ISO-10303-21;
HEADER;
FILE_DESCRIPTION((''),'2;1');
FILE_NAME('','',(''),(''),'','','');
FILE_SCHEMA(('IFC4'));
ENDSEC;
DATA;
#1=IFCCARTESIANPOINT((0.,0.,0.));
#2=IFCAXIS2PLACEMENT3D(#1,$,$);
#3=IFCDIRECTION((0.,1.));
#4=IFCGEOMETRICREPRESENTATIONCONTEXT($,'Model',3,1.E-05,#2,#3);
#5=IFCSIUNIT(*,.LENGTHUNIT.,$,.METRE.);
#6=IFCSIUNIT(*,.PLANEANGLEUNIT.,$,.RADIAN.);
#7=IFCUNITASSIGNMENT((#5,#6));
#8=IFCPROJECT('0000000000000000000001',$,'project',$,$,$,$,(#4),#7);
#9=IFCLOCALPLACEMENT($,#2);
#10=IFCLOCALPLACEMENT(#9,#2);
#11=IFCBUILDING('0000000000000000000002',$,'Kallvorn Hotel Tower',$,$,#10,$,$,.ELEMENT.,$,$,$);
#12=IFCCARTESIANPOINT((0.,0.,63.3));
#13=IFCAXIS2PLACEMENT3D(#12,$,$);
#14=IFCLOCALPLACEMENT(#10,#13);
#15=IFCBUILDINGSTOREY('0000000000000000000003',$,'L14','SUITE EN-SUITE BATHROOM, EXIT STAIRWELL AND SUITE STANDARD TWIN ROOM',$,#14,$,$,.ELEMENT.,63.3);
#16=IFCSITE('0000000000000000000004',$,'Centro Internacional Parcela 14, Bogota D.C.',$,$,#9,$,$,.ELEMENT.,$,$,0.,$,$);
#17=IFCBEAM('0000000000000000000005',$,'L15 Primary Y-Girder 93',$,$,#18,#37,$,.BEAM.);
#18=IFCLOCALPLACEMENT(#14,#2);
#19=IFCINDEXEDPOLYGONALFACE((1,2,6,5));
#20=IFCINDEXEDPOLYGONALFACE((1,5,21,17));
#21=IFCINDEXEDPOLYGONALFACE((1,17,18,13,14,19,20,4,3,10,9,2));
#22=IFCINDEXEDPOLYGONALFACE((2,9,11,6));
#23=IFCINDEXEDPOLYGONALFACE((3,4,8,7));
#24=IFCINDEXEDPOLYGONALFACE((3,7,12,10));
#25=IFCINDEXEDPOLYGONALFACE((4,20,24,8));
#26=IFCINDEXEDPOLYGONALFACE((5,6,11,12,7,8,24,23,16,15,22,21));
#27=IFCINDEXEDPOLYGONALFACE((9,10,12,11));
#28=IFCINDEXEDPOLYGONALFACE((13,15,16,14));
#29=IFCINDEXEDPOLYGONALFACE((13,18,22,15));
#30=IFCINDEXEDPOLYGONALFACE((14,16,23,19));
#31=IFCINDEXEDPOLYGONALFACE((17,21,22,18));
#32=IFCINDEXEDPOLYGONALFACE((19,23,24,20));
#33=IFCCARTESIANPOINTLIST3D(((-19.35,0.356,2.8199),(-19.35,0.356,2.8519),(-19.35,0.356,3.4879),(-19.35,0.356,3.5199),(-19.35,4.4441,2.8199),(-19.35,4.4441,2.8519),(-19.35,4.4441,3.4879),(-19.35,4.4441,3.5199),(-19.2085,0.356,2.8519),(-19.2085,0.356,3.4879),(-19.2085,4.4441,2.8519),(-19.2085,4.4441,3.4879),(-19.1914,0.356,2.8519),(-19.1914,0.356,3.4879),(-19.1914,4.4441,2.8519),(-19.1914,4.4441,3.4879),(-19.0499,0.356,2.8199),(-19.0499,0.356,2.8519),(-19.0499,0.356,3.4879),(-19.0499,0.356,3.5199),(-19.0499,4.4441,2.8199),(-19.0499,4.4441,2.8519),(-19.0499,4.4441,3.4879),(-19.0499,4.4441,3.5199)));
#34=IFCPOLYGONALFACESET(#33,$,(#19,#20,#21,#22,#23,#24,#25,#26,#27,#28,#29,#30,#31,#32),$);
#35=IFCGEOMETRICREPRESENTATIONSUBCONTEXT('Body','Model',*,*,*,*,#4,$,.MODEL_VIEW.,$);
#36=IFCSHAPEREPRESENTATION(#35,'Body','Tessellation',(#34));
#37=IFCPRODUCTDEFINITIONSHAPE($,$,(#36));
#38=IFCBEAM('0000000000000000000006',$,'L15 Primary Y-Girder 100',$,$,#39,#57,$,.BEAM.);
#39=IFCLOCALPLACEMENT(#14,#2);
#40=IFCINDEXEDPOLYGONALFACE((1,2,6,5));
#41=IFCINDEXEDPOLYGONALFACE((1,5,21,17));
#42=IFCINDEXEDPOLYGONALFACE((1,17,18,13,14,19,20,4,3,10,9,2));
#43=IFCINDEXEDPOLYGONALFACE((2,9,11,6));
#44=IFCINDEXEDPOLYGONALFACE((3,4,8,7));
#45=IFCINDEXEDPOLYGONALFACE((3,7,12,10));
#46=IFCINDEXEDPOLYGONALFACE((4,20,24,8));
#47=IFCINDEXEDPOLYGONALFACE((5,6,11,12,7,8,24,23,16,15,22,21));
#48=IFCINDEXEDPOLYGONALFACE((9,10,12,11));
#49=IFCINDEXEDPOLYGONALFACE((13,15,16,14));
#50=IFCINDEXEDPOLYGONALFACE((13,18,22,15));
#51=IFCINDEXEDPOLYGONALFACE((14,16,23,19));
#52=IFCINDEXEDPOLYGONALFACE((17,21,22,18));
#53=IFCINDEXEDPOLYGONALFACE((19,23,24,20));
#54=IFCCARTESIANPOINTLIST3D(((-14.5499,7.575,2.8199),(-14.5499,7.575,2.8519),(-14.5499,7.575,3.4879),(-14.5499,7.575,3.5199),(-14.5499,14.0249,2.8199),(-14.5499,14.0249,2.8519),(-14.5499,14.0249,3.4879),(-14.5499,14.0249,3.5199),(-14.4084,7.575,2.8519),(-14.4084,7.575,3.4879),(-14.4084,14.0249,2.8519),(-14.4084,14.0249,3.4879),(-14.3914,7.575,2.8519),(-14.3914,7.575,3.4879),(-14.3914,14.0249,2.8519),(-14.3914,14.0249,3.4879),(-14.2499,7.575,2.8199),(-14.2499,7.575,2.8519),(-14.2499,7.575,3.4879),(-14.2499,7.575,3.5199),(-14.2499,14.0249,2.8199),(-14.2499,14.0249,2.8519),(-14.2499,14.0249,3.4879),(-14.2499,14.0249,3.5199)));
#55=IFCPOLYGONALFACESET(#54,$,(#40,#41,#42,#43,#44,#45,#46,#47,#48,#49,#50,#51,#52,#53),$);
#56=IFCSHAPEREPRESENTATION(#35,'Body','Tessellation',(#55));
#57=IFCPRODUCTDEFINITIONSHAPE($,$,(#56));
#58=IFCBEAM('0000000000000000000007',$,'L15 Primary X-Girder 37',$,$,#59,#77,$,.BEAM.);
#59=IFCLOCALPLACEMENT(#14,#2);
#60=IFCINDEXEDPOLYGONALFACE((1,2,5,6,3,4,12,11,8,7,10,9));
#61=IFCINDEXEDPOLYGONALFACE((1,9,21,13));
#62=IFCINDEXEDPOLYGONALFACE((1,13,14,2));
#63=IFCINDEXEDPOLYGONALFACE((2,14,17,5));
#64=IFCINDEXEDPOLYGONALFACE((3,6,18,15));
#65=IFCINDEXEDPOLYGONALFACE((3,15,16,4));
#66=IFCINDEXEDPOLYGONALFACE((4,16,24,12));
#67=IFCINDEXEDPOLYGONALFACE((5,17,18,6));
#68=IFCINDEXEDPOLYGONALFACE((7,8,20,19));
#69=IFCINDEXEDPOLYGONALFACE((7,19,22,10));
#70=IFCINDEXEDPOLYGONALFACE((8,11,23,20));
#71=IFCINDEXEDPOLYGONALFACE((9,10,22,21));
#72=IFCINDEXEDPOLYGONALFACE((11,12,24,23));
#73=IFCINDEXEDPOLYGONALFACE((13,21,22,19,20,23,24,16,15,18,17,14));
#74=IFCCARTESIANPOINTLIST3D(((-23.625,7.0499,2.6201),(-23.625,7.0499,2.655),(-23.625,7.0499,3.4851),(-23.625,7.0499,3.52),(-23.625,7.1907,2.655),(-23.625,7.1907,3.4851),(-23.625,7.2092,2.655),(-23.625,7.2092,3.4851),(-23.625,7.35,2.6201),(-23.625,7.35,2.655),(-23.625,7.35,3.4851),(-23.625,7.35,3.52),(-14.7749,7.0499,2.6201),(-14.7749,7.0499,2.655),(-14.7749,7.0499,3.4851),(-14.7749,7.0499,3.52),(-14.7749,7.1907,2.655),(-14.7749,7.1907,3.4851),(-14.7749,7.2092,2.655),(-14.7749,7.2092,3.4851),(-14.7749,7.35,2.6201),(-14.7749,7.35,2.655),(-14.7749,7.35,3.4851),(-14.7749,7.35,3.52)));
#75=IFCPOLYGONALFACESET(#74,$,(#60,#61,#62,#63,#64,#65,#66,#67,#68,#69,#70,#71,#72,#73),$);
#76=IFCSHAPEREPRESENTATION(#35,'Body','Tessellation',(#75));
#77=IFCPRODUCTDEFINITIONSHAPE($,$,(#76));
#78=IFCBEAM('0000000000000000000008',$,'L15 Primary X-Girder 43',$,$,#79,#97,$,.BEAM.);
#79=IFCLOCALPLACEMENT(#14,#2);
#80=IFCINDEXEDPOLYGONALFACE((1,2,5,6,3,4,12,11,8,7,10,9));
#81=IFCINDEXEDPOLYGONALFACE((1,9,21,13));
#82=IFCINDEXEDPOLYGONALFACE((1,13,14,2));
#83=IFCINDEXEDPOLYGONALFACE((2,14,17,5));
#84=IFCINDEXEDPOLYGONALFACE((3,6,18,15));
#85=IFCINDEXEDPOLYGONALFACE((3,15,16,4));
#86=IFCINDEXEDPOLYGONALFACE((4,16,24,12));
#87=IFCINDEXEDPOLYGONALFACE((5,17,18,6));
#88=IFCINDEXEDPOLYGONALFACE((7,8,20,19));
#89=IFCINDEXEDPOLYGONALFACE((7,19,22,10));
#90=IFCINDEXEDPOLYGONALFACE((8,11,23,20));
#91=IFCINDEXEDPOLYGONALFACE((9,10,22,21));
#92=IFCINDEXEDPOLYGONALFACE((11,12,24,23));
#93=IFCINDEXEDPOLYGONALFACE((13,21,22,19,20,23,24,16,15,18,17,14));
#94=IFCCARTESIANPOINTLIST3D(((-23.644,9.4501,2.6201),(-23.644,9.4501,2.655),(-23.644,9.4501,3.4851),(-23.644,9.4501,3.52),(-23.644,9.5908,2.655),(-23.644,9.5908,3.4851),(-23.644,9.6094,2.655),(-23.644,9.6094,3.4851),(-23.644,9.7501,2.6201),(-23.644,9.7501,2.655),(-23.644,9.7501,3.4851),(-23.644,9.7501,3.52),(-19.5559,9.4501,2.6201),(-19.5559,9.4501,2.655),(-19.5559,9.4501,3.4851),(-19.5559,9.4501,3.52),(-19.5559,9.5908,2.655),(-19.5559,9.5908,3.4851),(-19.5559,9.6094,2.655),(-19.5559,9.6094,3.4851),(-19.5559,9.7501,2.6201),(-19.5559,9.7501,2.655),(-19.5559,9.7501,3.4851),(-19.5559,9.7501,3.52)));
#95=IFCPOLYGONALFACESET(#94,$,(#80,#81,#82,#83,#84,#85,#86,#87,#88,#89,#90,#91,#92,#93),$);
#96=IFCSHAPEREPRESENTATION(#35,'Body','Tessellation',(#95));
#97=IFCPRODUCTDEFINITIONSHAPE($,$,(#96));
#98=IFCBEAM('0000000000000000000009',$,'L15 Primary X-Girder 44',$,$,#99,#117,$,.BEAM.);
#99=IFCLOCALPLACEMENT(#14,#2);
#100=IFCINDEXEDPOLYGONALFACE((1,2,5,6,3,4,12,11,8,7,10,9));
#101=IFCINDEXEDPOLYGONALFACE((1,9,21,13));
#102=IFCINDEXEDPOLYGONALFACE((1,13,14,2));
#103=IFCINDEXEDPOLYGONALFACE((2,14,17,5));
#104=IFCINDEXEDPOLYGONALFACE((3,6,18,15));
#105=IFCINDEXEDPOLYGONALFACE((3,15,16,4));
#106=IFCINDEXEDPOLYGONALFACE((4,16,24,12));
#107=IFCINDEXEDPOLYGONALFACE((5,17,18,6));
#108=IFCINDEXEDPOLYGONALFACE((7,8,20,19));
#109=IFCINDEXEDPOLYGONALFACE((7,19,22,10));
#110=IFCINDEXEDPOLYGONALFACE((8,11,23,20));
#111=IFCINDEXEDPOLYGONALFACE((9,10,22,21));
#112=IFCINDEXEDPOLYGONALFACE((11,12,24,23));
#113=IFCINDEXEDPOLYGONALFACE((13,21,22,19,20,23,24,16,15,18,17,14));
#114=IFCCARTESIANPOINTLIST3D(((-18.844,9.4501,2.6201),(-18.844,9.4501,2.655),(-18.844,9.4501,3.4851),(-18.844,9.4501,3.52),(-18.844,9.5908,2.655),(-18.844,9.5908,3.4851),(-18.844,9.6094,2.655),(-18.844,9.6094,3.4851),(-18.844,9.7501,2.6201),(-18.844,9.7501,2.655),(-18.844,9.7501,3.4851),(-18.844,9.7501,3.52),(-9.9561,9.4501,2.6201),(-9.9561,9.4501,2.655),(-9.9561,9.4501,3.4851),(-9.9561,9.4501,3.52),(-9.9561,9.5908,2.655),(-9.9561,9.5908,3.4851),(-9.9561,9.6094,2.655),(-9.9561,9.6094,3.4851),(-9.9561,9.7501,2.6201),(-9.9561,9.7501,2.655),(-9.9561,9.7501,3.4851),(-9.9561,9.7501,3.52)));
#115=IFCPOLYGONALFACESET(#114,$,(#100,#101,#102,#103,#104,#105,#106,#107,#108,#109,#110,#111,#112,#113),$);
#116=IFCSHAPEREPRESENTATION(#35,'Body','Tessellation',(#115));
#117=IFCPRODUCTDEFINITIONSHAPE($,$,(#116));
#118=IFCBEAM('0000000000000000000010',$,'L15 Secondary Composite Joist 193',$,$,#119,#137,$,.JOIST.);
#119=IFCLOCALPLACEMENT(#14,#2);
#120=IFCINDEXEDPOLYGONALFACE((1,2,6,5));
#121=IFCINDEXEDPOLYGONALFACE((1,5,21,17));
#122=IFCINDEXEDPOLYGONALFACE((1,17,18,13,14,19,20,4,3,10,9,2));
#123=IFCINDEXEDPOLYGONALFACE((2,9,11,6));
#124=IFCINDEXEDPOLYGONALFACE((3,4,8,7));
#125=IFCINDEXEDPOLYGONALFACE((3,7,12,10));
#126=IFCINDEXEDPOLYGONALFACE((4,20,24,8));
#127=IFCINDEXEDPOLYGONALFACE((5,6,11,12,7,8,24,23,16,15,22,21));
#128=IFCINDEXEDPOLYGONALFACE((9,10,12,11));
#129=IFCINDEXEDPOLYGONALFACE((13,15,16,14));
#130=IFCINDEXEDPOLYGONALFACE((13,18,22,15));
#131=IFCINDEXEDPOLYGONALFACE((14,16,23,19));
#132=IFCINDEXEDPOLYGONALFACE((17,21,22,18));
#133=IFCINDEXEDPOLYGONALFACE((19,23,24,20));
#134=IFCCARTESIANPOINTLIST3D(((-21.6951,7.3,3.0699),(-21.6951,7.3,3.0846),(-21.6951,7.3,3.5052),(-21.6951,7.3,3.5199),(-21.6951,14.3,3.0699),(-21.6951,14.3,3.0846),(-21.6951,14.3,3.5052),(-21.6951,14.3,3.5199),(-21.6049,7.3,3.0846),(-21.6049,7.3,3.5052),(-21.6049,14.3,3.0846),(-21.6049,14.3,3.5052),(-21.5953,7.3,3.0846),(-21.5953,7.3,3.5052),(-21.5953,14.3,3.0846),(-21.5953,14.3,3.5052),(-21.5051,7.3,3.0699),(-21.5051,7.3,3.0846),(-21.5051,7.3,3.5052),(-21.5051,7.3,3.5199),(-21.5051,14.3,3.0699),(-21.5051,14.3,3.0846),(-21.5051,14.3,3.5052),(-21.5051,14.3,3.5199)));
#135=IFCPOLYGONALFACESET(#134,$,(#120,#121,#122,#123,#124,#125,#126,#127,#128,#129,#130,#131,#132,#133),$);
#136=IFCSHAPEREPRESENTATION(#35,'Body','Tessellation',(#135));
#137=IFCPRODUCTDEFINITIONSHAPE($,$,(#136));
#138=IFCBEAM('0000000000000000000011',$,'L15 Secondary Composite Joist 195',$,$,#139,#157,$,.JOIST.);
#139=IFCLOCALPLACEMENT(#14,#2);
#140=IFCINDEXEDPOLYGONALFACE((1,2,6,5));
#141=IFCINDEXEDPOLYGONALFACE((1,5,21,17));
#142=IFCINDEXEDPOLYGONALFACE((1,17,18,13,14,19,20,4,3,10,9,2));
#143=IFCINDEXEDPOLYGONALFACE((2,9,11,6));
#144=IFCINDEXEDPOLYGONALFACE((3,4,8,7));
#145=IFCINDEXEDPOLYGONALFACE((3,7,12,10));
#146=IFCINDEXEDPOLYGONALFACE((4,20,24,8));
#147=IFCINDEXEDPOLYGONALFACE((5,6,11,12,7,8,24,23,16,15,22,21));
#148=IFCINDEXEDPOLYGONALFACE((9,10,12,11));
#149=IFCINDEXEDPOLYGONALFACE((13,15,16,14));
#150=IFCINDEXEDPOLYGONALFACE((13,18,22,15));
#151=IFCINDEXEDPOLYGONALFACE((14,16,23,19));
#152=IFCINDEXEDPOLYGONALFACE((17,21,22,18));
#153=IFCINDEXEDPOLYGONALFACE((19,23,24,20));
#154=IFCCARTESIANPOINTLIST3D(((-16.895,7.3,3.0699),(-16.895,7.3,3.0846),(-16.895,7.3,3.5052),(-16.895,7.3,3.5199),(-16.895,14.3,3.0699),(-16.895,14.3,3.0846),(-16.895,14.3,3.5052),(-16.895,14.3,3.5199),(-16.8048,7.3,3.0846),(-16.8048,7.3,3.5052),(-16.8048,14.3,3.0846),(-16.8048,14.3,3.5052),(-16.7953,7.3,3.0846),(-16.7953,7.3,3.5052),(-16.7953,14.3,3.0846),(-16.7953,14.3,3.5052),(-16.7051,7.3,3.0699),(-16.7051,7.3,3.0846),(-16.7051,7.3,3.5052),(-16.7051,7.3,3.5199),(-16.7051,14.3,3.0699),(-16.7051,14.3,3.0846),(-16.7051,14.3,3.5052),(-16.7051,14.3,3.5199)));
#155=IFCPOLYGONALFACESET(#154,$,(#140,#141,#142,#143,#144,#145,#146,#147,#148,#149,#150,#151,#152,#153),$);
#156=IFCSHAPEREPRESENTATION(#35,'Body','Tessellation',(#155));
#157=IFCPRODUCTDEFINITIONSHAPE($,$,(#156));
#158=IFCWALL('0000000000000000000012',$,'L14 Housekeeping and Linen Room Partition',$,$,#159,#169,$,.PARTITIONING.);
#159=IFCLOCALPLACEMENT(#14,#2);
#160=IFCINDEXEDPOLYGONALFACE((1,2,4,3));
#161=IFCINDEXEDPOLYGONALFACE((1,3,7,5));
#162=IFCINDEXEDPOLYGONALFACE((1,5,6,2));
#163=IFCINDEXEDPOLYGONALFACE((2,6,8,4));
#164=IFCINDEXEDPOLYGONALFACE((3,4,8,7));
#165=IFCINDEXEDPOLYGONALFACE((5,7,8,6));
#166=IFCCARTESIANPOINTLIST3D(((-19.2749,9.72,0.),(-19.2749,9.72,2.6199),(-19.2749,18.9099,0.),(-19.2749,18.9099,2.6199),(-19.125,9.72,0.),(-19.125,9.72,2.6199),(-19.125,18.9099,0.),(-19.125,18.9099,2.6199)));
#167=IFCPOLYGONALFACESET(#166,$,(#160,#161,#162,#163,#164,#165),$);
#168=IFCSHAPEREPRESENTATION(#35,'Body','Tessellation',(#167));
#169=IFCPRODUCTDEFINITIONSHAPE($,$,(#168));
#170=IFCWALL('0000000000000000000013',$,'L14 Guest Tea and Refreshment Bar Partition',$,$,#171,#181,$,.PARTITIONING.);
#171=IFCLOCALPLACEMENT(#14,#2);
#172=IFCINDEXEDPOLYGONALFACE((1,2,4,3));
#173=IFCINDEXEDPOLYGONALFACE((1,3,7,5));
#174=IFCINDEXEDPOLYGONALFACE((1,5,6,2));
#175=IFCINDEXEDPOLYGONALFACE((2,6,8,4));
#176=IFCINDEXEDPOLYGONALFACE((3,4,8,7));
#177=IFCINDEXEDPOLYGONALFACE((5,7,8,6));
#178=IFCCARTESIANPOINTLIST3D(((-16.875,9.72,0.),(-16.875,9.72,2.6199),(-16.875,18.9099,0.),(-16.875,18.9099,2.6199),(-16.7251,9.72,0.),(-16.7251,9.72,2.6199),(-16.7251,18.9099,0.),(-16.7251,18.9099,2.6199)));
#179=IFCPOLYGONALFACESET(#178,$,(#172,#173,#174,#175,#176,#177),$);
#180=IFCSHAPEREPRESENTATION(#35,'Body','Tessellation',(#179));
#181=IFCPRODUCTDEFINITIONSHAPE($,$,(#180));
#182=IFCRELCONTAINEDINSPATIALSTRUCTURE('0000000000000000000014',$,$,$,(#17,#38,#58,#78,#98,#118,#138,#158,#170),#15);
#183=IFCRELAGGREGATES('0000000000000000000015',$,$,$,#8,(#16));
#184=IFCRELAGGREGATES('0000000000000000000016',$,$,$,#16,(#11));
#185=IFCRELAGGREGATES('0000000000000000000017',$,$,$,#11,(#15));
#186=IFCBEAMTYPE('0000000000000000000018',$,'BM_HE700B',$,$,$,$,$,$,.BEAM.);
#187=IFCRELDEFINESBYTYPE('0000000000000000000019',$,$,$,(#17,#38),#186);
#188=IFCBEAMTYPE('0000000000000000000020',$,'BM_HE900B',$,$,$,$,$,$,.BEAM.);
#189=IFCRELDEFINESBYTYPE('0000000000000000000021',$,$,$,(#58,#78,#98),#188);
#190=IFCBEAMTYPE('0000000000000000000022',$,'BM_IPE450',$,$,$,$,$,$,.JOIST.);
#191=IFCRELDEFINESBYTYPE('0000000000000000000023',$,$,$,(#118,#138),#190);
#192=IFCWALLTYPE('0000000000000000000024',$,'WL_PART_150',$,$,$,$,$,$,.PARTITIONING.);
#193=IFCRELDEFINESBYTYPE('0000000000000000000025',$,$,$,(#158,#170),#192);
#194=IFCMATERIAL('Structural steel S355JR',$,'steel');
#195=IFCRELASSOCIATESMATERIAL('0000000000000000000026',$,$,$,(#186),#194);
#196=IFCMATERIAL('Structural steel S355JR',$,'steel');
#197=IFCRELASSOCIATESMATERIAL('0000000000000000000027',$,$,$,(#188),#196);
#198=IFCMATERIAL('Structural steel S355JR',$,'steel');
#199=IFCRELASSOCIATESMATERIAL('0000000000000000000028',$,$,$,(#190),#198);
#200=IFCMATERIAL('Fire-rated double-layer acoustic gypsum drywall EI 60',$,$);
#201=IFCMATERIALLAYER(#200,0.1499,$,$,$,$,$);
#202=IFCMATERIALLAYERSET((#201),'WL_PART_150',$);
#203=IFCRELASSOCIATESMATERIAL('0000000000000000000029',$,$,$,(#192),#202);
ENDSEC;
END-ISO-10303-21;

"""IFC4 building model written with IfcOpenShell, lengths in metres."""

from ifc_helpers import new_model, si_unit, direction, frame, frame_2d, origin, origin_2d, place, context, subcontext, project, spatial, rectangle, i_section, extrude, material, layer, layer_set, material_profile, profile_set, type_object, element, save


model = new_model("IFC4")

# Units and contexts
model_context = context("Model", 3, precision=1e-05, world=origin(), true_north=direction((0.0, 1.0)))
body_context = subcontext(model_context, "Body", "Model", "MODEL_VIEW")
ifc_project = project(units=[si_unit("LENGTHUNIT", "METRE"), si_unit("PLANEANGLEUNIT", "RADIAN")], contexts=[model_context])

# Site, building, storey
site_placement = place(None, origin())
site = spatial("IfcSite", under=ifc_project, at=site_placement, Name="Centro Internacional Parcela 14, Bogota D.C.", CompositionType="ELEMENT", RefElevation=0.0)
building_placement = place(site_placement, origin())
building = spatial("IfcBuilding", under=site, at=building_placement, Name="Kallvorn Hotel Tower", CompositionType="ELEMENT")
storey_placement = place(building_placement, frame((0.0, 0.0, 63.3)))
storey = spatial("IfcBuildingStorey", under=building, at=storey_placement, Name="L14", Description="SUITE EN-SUITE BATHROOM, EXIT STAIRWELL AND SUITE STANDARD TWIN ROOM", CompositionType="ELEMENT", Elevation=63.3)

# Beams
ifc_material_1 = material(Name="Structural steel S355JR", Category="steel")
ifc_material_profile_1 = material_profile(ifc_material_1, i_section(OverallWidth=0.3, OverallDepth=0.7, WebThickness=0.0171, FlangeThickness=0.032, at=origin_2d()), Name="HE 700 B")
ifc_profile_set_1 = profile_set([ifc_material_profile_1], Name="Structural steel S355JR")
beam_type_1 = type_object("IfcBeamType", Name="BM_HE700B", PredefinedType="BEAM", material=ifc_profile_set_1)
beam_1_placement = place(storey_placement, frame((-19.2, 0.356, 3.1699), z_axis=(0.0, 1.0, 0.0), x_axis=(-1.0, 0.0, 0.0)))
element("IfcBeam", 1, at=beam_1_placement, inside=storey, type_object=beam_type_1, Name="L15 Primary Y-Girder 93", PredefinedType="BEAM", context=body_context, shape_type="SweptSolid", body=[
    extrude(i_section(OverallWidth=0.3, OverallDepth=0.7, WebThickness=0.0171, FlangeThickness=0.032, at=origin_2d()), origin(), (0.0, 0.0, 1.0), 4.0881),
])
beam_2_placement = place(storey_placement, frame((-14.3999, 7.575, 3.1699), z_axis=(0.0, 1.0, 0.0), x_axis=(-1.0, 0.0, 0.0)))
element("IfcBeam", 2, at=beam_2_placement, inside=storey, type_object=beam_type_1, Name="L15 Primary Y-Girder 100", PredefinedType="BEAM", context=body_context, shape_type="SweptSolid", body=[
    extrude(i_section(OverallWidth=0.3, OverallDepth=0.7, WebThickness=0.0171, FlangeThickness=0.032, at=origin_2d()), origin(), (0.0, 0.0, 1.0), 6.45),
])
ifc_material_2 = material(Name="Structural steel S355JR", Category="steel")
ifc_material_profile_2 = material_profile(ifc_material_2, i_section(OverallWidth=0.3, OverallDepth=0.8999, WebThickness=0.0186, FlangeThickness=0.0349, at=origin_2d()), Name="HE 900 B")
ifc_profile_set_2 = profile_set([ifc_material_profile_2], Name="Structural steel S355JR")
beam_type_2 = type_object("IfcBeamType", Name="BM_HE900B", PredefinedType="BEAM", material=ifc_profile_set_2)
beam_3_placement = place(storey_placement, frame((-23.625, 7.2, 3.0701), z_axis=(1.0, 0.0, 0.0), x_axis=(0.0, 1.0, 0.0)))
element("IfcBeam", 3, at=beam_3_placement, inside=storey, type_object=beam_type_2, Name="L15 Primary X-Girder 37", PredefinedType="BEAM", context=body_context, shape_type="SweptSolid", body=[
    extrude(i_section(OverallWidth=0.3, OverallDepth=0.8999, WebThickness=0.0186, FlangeThickness=0.0349, at=origin_2d()), origin(), (0.0, 0.0, 1.0), 8.8501),
])
beam_4_placement = place(storey_placement, frame((-23.644, 9.6001, 3.0701), z_axis=(1.0, 0.0, 0.0), x_axis=(0.0, 1.0, 0.0)))
element("IfcBeam", 4, at=beam_4_placement, inside=storey, type_object=beam_type_2, Name="L15 Primary X-Girder 43", PredefinedType="BEAM", context=body_context, shape_type="SweptSolid", body=[
    extrude(i_section(OverallWidth=0.3, OverallDepth=0.8999, WebThickness=0.0186, FlangeThickness=0.0349, at=origin_2d()), origin(), (0.0, 0.0, 1.0), 4.0881),
])
beam_5_placement = place(storey_placement, frame((-18.844, 9.6001, 3.0701), z_axis=(1.0, 0.0, 0.0), x_axis=(0.0, 1.0, 0.0)))
element("IfcBeam", 5, at=beam_5_placement, inside=storey, type_object=beam_type_2, Name="L15 Primary X-Girder 44", PredefinedType="BEAM", context=body_context, shape_type="SweptSolid", body=[
    extrude(i_section(OverallWidth=0.3, OverallDepth=0.8999, WebThickness=0.0186, FlangeThickness=0.0349, at=origin_2d()), origin(), (0.0, 0.0, 1.0), 8.8879),
])
ifc_material_3 = material(Name="Structural steel S355JR", Category="steel")
ifc_material_profile_3 = material_profile(ifc_material_3, i_section(OverallWidth=0.1899, OverallDepth=0.45, WebThickness=0.0095, FlangeThickness=0.0146, at=origin_2d()), Name="IPE 450")
ifc_profile_set_3 = profile_set([ifc_material_profile_3], Name="Structural steel S355JR")
beam_type_3 = type_object("IfcBeamType", Name="BM_IPE450", PredefinedType="JOIST", material=ifc_profile_set_3)
for number, where, z_axis, x_axis, name in (
    (6, (-21.6001, 7.3, 3.2949), (0.0, 1.0, 0.0), (-1.0, 0.0, 0.0), "L15 Secondary Composite Joist 193"),
    (7, (-16.8, 7.3, 3.2949), (0.0, 1.0, 0.0), (-1.0, 0.0, 0.0), "L15 Secondary Composite Joist 195"),
):
    element("IfcBeam", number, at=place(storey_placement, frame(where, z_axis=z_axis, x_axis=x_axis)), inside=storey, type_object=beam_type_3, Name=name, PredefinedType="JOIST", context=body_context, shape_type="SweptSolid", body=[
        extrude(i_section(OverallWidth=0.1899, OverallDepth=0.45, WebThickness=0.0095, FlangeThickness=0.0146, at=origin_2d()), origin(), (0.0, 0.0, 1.0), 7.0),
    ])

# Walls
ifc_material_4 = material(Name="Fire-rated double-layer acoustic gypsum drywall EI 60")
ifc_layer = layer(ifc_material_4, 0.1499)
ifc_layer_set = layer_set([ifc_layer], Name="WL_PART_150")
wall_type = type_object("IfcWallType", Name="WL_PART_150", PredefinedType="PARTITIONING", material=ifc_layer_set)
for number, where, z_axis, x_axis, name in (
    (8, (-19.2, 9.72, 0.0), (0.0, 0.0, 1.0), (0.0, 1.0, 0.0), "L14 Housekeeping and Linen Room Partition"),
    (9, (-16.8, 9.72, 0.0), (0.0, 0.0, 1.0), (0.0, 1.0, 0.0), "L14 Guest Tea and Refreshment Bar Partition"),
):
    element("IfcWall", number, at=place(storey_placement, frame(where, z_axis=z_axis, x_axis=x_axis)), inside=storey, type_object=wall_type, Name=name, PredefinedType="PARTITIONING", context=body_context, shape_type="SweptSolid", body=[
        extrude(rectangle(XDim=9.1899, YDim=0.1499, at=frame_2d((4.595, 0.0))), origin(), (0.0, 0.0, 1.0), 2.6199),
    ])

save(model, "model.ifc")
